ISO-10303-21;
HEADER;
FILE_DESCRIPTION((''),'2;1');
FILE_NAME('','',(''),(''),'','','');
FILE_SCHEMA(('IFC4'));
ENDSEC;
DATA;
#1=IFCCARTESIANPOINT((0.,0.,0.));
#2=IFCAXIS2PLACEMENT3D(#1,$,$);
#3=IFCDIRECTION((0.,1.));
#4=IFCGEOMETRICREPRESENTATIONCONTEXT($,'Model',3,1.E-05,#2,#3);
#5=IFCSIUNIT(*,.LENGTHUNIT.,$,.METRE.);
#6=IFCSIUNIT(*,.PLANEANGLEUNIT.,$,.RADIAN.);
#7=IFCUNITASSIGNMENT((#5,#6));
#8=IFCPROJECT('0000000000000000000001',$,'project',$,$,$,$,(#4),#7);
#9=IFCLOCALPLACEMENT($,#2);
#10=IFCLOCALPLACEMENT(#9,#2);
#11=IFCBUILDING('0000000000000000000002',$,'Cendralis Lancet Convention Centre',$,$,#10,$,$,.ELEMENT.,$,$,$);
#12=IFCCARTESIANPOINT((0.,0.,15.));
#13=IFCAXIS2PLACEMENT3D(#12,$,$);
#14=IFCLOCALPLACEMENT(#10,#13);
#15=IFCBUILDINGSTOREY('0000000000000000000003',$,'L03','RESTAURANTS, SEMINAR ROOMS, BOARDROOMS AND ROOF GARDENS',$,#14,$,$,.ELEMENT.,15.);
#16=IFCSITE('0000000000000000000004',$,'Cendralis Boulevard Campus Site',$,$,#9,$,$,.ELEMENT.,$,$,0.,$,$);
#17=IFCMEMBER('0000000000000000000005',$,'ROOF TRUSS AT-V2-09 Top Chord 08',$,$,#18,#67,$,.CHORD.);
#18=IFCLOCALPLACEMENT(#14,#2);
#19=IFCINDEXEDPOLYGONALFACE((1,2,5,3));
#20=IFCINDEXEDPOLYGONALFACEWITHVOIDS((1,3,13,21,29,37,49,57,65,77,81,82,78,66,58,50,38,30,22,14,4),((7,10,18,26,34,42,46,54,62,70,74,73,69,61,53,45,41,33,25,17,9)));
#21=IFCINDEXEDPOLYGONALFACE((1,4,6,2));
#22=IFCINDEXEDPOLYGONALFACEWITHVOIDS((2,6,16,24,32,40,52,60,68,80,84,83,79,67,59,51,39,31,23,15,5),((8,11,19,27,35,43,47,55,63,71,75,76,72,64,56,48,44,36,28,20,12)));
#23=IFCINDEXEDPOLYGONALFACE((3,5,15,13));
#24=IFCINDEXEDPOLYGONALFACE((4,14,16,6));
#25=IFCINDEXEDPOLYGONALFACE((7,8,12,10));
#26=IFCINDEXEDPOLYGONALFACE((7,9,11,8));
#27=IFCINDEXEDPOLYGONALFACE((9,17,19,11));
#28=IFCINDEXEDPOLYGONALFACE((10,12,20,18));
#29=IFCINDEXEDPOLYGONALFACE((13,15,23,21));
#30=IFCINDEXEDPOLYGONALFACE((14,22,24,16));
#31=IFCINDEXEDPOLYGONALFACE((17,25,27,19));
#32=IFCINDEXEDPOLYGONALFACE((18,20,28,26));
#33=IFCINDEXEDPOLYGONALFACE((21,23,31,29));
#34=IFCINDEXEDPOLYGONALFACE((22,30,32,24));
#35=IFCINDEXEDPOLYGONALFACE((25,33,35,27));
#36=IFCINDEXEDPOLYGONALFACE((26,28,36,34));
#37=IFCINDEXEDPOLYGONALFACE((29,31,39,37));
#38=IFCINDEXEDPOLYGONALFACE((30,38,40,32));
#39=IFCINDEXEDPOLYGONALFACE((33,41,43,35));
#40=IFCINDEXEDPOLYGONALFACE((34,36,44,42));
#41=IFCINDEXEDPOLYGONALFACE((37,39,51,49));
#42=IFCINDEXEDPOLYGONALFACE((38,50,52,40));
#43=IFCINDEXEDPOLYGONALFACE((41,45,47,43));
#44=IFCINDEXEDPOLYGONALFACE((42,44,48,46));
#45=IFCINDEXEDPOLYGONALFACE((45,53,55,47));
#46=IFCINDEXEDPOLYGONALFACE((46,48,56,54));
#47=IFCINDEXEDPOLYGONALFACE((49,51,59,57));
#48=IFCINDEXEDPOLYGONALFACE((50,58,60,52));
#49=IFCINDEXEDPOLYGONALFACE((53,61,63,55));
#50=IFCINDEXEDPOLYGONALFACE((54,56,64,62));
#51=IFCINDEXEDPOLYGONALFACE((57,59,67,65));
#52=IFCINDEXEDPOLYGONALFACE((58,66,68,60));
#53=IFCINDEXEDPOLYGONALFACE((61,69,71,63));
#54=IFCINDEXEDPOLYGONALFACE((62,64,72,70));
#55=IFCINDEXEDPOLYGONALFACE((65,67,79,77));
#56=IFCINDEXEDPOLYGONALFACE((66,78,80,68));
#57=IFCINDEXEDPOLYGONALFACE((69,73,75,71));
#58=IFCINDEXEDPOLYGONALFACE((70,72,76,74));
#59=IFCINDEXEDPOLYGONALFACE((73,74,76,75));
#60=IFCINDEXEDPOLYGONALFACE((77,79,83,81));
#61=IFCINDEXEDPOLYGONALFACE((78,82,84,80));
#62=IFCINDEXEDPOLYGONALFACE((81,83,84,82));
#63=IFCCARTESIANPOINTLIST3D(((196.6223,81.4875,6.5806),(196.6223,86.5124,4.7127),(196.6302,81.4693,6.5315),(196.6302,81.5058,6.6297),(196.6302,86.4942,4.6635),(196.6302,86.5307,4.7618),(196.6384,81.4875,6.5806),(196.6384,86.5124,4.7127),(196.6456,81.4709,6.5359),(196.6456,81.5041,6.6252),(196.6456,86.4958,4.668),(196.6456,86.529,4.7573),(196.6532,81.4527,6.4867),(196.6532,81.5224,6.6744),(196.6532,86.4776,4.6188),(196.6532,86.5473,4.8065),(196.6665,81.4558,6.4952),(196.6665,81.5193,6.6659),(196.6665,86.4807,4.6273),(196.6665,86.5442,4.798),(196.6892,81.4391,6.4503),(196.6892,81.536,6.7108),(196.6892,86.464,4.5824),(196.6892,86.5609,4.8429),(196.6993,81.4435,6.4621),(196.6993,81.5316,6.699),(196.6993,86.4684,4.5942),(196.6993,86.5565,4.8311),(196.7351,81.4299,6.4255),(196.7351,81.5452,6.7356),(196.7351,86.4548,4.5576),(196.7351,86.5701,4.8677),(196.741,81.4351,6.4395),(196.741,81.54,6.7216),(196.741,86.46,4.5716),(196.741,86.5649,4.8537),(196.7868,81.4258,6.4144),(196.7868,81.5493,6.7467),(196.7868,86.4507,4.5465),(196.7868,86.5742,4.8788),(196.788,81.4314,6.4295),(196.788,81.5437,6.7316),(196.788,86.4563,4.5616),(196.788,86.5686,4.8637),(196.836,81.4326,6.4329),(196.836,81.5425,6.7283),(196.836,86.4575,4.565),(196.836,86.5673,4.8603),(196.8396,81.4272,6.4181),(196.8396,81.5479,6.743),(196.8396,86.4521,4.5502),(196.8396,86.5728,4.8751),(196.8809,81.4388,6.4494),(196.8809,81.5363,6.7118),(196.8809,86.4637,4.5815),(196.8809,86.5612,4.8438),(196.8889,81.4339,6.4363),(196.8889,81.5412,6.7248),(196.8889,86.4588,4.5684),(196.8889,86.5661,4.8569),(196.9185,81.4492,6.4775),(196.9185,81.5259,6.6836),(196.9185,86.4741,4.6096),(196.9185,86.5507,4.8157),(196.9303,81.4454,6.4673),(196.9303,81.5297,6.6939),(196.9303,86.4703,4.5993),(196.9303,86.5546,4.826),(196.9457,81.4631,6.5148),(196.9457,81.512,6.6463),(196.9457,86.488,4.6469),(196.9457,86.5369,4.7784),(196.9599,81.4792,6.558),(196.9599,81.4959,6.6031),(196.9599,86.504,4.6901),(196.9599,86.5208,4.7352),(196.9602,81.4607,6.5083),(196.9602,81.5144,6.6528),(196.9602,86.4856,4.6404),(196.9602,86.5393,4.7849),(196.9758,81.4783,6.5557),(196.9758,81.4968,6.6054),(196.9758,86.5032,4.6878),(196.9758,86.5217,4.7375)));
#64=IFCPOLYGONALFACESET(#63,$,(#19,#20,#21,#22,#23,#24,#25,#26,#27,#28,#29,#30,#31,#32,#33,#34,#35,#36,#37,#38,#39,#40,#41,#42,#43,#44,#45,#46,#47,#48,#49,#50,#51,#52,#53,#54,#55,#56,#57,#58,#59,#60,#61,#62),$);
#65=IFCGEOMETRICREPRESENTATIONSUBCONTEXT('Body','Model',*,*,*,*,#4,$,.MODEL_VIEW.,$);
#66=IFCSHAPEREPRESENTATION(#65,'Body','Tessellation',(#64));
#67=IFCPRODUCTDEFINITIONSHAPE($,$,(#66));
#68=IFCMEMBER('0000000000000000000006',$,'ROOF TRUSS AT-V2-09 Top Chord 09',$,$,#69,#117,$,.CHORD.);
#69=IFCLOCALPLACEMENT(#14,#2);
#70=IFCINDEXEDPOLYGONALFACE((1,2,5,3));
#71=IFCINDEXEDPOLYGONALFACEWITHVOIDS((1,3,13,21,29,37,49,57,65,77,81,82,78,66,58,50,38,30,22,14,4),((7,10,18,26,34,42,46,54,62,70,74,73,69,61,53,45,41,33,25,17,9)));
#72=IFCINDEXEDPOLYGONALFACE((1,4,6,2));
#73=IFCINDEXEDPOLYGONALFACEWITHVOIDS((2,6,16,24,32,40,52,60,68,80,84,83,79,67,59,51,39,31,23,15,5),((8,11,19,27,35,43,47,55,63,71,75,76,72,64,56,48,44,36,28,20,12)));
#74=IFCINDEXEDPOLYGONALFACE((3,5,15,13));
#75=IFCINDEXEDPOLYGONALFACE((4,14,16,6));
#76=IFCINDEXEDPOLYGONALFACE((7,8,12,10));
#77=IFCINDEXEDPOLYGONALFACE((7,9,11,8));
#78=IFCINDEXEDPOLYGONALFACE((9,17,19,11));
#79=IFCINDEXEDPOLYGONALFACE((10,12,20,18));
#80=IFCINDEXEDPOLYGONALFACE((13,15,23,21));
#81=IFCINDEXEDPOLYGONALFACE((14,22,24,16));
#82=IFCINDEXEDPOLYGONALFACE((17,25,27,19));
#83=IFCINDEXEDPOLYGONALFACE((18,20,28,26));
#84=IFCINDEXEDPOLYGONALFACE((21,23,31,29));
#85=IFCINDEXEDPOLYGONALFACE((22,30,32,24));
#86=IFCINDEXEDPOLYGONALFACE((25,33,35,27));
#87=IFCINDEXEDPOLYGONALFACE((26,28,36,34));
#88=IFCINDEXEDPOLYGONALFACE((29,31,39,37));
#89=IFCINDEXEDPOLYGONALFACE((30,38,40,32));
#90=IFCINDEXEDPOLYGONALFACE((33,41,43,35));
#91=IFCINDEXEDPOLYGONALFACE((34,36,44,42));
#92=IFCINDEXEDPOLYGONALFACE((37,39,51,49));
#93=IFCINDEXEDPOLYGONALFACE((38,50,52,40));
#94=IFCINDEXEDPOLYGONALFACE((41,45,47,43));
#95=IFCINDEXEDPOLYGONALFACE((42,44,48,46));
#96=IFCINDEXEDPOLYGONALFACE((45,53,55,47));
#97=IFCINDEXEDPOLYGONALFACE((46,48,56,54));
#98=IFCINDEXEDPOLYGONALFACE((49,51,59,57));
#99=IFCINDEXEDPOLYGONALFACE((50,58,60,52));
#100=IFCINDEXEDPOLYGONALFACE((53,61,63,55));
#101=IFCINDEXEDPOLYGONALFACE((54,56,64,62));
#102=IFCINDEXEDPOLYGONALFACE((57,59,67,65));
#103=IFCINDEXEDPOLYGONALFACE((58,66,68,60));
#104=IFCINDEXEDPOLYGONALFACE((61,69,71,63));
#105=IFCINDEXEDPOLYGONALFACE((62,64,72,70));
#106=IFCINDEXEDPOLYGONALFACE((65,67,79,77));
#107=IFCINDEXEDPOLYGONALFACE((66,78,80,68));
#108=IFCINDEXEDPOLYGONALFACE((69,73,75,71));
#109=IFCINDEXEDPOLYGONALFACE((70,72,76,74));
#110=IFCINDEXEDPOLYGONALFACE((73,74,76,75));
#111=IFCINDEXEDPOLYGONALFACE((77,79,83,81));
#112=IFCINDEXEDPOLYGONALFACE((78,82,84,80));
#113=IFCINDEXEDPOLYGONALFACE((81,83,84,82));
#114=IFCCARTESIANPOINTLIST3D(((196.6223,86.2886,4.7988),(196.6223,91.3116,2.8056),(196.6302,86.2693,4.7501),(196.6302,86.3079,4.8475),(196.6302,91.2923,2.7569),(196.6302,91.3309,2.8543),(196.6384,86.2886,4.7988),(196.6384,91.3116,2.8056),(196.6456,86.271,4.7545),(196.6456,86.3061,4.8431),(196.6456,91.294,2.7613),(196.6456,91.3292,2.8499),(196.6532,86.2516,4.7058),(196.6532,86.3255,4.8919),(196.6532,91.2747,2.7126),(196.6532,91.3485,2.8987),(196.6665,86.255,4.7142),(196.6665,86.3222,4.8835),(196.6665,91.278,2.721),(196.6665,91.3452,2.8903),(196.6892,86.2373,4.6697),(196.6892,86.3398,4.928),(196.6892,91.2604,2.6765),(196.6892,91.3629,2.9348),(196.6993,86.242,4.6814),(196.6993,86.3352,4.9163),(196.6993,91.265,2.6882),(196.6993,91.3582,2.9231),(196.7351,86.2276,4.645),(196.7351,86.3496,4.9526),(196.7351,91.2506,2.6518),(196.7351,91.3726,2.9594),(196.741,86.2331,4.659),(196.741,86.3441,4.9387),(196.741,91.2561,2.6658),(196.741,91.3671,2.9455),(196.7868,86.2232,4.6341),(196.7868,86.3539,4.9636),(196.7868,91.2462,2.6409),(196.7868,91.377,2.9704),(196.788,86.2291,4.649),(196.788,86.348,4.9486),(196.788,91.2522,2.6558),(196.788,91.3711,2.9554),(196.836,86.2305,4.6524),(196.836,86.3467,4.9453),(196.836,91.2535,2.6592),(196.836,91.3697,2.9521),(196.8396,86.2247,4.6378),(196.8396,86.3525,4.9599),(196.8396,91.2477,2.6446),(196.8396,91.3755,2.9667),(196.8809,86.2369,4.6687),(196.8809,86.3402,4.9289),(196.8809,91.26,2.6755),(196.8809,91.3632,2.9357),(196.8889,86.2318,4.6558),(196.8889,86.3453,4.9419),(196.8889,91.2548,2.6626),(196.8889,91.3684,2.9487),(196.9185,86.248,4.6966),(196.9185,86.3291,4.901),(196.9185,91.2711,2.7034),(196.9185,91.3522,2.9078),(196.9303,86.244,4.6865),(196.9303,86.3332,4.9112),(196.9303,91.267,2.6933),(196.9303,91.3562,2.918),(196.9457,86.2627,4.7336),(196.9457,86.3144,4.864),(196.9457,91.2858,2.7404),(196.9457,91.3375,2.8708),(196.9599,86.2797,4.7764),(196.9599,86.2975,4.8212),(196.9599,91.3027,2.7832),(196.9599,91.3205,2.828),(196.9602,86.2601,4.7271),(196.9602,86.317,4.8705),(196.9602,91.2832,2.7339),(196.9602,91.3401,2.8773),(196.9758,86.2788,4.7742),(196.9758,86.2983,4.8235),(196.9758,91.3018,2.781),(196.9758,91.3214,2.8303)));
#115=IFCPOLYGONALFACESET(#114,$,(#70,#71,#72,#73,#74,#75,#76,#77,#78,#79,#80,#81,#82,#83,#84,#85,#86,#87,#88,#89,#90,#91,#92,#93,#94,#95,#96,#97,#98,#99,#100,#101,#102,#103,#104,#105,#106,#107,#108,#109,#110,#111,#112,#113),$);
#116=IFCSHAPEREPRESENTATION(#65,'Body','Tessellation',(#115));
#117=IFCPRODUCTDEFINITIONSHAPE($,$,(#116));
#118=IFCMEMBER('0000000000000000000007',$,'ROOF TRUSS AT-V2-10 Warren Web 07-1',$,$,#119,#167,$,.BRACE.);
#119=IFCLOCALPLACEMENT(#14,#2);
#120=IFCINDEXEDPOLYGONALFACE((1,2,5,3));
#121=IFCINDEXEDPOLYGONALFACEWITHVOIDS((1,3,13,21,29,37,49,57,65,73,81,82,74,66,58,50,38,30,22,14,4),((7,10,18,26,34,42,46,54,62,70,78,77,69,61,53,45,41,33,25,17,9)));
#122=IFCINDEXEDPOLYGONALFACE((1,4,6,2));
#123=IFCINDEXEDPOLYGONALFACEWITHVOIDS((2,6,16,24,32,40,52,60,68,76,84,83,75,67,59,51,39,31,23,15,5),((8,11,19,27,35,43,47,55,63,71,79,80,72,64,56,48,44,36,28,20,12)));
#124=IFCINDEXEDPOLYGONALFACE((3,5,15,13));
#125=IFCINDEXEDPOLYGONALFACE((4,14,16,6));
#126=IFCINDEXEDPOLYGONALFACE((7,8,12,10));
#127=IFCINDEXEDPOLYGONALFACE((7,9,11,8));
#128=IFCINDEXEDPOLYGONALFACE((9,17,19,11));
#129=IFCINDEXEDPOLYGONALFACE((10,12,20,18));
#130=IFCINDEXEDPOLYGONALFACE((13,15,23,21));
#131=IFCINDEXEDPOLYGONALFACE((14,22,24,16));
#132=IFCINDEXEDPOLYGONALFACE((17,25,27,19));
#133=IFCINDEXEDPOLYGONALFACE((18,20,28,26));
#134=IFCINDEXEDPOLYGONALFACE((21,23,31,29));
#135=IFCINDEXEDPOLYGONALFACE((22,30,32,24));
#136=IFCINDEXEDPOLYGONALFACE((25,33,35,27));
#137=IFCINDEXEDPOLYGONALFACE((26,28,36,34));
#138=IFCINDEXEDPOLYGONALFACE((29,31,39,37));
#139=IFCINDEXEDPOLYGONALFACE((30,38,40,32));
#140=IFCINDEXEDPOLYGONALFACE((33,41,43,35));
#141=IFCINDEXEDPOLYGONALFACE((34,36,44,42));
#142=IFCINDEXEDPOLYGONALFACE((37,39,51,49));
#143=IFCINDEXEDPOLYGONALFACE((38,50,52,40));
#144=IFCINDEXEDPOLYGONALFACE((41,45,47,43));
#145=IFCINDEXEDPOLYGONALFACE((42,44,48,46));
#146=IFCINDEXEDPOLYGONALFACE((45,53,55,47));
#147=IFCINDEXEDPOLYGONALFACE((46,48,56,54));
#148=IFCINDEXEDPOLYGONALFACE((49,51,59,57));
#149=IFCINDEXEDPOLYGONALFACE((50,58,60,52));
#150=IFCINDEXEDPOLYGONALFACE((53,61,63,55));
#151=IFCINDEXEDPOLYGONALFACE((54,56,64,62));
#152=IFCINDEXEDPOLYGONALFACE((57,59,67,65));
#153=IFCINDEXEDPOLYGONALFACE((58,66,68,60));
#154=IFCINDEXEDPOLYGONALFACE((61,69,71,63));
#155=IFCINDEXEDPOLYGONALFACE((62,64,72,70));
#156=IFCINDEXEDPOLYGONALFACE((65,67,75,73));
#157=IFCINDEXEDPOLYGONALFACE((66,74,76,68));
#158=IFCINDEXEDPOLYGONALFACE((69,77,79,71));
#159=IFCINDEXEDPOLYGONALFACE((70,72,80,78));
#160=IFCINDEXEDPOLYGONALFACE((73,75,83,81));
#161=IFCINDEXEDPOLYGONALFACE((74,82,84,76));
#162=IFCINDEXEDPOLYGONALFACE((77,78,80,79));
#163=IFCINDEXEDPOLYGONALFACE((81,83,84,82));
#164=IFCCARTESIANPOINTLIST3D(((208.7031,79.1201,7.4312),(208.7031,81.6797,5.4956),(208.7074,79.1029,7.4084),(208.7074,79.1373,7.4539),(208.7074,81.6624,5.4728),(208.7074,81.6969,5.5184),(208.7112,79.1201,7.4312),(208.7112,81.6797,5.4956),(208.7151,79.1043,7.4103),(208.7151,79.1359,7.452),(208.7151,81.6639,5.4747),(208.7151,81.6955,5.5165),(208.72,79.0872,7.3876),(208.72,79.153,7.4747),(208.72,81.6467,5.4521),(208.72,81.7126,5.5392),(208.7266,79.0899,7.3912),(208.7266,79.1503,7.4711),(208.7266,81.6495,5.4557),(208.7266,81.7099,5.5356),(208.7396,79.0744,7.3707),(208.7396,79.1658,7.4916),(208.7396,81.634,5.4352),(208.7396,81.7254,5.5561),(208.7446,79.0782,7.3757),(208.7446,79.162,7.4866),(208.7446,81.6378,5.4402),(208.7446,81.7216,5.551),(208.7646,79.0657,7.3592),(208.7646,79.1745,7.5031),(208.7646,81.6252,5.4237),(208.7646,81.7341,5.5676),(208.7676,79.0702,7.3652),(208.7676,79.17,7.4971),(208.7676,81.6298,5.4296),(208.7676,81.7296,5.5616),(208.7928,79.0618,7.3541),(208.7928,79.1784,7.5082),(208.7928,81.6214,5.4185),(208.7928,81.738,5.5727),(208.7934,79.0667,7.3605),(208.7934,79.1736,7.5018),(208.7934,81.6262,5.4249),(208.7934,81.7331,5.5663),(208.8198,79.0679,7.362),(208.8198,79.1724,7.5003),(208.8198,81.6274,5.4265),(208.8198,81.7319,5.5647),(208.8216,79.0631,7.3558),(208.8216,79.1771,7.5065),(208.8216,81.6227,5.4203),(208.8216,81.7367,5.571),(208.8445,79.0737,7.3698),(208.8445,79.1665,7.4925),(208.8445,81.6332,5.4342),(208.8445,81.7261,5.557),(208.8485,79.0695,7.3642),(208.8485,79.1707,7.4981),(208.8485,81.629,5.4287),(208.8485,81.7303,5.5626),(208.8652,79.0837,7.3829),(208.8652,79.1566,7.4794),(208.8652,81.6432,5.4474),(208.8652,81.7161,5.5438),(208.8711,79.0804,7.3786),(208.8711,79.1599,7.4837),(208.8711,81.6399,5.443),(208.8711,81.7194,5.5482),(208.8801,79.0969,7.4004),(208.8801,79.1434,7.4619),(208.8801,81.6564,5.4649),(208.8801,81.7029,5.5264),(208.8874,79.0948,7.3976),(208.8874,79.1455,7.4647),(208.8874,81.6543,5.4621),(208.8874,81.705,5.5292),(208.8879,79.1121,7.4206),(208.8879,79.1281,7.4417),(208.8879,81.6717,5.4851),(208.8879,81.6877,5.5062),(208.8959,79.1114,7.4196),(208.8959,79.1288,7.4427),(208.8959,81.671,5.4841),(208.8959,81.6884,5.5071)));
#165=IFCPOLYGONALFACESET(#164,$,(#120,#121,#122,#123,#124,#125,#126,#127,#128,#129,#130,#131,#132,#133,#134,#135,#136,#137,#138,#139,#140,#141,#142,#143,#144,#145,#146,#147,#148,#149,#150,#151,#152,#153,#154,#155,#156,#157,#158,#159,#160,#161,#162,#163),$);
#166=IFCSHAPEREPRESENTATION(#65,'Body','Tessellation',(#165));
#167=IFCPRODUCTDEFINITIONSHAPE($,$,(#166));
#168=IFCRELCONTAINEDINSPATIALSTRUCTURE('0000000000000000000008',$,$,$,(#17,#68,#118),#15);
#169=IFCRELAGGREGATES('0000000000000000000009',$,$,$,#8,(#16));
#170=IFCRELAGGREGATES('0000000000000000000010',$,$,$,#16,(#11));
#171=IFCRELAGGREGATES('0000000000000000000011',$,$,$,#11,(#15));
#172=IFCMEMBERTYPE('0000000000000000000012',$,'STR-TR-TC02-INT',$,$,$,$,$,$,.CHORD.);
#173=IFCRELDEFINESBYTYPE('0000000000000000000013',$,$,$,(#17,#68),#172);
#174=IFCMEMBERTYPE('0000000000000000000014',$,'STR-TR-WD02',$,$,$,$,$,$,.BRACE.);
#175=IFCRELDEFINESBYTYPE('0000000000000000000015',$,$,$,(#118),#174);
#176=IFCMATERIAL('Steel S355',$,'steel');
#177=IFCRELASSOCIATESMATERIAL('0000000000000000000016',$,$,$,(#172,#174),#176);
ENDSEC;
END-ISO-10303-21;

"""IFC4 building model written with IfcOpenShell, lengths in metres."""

from ifc_helpers import new_model, si_unit, direction, frame, origin, origin_2d, place, context, subcontext, project, spatial, hollow_circle, extrude, material, material_profile, profile_set, type_object, element, save


model = new_model("IFC4")

# Units and contexts
model_context = context("Model", 3, precision=1e-05, world=origin(), true_north=direction((0.0, 1.0)))
body_context = subcontext(model_context, "Body", "Model", "MODEL_VIEW")
ifc_project = project(units=[si_unit("LENGTHUNIT", "METRE"), si_unit("PLANEANGLEUNIT", "RADIAN")], contexts=[model_context])

# Site, building, storey
site_placement = place(None, origin())
site = spatial("IfcSite", under=ifc_project, at=site_placement, Name="Cendralis Boulevard Campus Site", CompositionType="ELEMENT", RefElevation=0.0)
building_placement = place(site_placement, origin())
building = spatial("IfcBuilding", under=site, at=building_placement, Name="Cendralis Lancet Convention Centre", CompositionType="ELEMENT")
storey_placement = place(building_placement, frame((0.0, 0.0, 15.0)))
storey = spatial("IfcBuildingStorey", under=building, at=storey_placement, Name="L03", Description="RESTAURANTS, SEMINAR ROOMS, BOARDROOMS AND ROOF GARDENS", CompositionType="ELEMENT", Elevation=15.0)

# Shared definitions
ifc_material_1 = material(Name="Steel S355", Category="steel")

# Members
ifc_material_profile_1 = material_profile(ifc_material_1, hollow_circle(Radius=0.1777, WallThickness=0.0161, at=origin_2d()), Name="CHS 355.6x16.0")
ifc_profile_set_1 = profile_set([ifc_material_profile_1], Name="Steel S355")
member_type_1 = type_object("IfcMemberType", Name="STR-TR-TC02-INT", PredefinedType="CHORD", material=ifc_profile_set_1)
member_1_placement = place(storey_placement, frame((196.8, 81.4875, 6.5806), z_axis=(0.0, 0.937332, -0.348437), x_axis=(-1.0, 0.0, 0.0)))
element("IfcMember", 1, at=member_1_placement, inside=storey, type_object=member_type_1, Name="ROOF TRUSS AT-V2-09 Top Chord 08", PredefinedType="CHORD", context=body_context, shape_type="SweptSolid", body=[
    extrude(hollow_circle(Radius=0.1777, WallThickness=0.0161, at=origin_2d()), origin(), (0.0, 0.0, 1.0), 5.3608),
])
member_2_placement = place(storey_placement, frame((196.8, 86.2886, 4.7988), z_axis=(0.0, 0.929495, -0.368834), x_axis=(-1.0, 0.0, 0.0)))
element("IfcMember", 2, at=member_2_placement, inside=storey, type_object=member_type_1, Name="ROOF TRUSS AT-V2-09 Top Chord 09", PredefinedType="CHORD", context=body_context, shape_type="SweptSolid", body=[
    extrude(hollow_circle(Radius=0.1777, WallThickness=0.0161, at=origin_2d()), origin(), (0.0, 0.0, 1.0), 5.4041),
])
ifc_material_profile_2 = material_profile(ifc_material_1, hollow_circle(Radius=0.0969, WallThickness=0.0081, at=origin_2d()), Name="CHS 193.7x8.0")
ifc_profile_set_2 = profile_set([ifc_material_profile_2], Name="Steel S355")
member_type_2 = type_object("IfcMemberType", Name="STR-TR-WD02", PredefinedType="BRACE", material=ifc_profile_set_2)
member_3_placement = place(storey_placement, frame((208.8, 79.1201, 7.4312), z_axis=(0.0, 0.79762, -0.60316), x_axis=(-1.0, 0.0, 0.0)))
element("IfcMember", 3, at=member_3_placement, inside=storey, type_object=member_type_2, Name="ROOF TRUSS AT-V2-10 Warren Web 07-1", PredefinedType="BRACE", context=body_context, shape_type="SweptSolid", body=[
    extrude(hollow_circle(Radius=0.0969, WallThickness=0.0081, at=origin_2d()), origin(), (0.0, 0.0, 1.0), 3.209),
])

save(model, "model.ifc")
